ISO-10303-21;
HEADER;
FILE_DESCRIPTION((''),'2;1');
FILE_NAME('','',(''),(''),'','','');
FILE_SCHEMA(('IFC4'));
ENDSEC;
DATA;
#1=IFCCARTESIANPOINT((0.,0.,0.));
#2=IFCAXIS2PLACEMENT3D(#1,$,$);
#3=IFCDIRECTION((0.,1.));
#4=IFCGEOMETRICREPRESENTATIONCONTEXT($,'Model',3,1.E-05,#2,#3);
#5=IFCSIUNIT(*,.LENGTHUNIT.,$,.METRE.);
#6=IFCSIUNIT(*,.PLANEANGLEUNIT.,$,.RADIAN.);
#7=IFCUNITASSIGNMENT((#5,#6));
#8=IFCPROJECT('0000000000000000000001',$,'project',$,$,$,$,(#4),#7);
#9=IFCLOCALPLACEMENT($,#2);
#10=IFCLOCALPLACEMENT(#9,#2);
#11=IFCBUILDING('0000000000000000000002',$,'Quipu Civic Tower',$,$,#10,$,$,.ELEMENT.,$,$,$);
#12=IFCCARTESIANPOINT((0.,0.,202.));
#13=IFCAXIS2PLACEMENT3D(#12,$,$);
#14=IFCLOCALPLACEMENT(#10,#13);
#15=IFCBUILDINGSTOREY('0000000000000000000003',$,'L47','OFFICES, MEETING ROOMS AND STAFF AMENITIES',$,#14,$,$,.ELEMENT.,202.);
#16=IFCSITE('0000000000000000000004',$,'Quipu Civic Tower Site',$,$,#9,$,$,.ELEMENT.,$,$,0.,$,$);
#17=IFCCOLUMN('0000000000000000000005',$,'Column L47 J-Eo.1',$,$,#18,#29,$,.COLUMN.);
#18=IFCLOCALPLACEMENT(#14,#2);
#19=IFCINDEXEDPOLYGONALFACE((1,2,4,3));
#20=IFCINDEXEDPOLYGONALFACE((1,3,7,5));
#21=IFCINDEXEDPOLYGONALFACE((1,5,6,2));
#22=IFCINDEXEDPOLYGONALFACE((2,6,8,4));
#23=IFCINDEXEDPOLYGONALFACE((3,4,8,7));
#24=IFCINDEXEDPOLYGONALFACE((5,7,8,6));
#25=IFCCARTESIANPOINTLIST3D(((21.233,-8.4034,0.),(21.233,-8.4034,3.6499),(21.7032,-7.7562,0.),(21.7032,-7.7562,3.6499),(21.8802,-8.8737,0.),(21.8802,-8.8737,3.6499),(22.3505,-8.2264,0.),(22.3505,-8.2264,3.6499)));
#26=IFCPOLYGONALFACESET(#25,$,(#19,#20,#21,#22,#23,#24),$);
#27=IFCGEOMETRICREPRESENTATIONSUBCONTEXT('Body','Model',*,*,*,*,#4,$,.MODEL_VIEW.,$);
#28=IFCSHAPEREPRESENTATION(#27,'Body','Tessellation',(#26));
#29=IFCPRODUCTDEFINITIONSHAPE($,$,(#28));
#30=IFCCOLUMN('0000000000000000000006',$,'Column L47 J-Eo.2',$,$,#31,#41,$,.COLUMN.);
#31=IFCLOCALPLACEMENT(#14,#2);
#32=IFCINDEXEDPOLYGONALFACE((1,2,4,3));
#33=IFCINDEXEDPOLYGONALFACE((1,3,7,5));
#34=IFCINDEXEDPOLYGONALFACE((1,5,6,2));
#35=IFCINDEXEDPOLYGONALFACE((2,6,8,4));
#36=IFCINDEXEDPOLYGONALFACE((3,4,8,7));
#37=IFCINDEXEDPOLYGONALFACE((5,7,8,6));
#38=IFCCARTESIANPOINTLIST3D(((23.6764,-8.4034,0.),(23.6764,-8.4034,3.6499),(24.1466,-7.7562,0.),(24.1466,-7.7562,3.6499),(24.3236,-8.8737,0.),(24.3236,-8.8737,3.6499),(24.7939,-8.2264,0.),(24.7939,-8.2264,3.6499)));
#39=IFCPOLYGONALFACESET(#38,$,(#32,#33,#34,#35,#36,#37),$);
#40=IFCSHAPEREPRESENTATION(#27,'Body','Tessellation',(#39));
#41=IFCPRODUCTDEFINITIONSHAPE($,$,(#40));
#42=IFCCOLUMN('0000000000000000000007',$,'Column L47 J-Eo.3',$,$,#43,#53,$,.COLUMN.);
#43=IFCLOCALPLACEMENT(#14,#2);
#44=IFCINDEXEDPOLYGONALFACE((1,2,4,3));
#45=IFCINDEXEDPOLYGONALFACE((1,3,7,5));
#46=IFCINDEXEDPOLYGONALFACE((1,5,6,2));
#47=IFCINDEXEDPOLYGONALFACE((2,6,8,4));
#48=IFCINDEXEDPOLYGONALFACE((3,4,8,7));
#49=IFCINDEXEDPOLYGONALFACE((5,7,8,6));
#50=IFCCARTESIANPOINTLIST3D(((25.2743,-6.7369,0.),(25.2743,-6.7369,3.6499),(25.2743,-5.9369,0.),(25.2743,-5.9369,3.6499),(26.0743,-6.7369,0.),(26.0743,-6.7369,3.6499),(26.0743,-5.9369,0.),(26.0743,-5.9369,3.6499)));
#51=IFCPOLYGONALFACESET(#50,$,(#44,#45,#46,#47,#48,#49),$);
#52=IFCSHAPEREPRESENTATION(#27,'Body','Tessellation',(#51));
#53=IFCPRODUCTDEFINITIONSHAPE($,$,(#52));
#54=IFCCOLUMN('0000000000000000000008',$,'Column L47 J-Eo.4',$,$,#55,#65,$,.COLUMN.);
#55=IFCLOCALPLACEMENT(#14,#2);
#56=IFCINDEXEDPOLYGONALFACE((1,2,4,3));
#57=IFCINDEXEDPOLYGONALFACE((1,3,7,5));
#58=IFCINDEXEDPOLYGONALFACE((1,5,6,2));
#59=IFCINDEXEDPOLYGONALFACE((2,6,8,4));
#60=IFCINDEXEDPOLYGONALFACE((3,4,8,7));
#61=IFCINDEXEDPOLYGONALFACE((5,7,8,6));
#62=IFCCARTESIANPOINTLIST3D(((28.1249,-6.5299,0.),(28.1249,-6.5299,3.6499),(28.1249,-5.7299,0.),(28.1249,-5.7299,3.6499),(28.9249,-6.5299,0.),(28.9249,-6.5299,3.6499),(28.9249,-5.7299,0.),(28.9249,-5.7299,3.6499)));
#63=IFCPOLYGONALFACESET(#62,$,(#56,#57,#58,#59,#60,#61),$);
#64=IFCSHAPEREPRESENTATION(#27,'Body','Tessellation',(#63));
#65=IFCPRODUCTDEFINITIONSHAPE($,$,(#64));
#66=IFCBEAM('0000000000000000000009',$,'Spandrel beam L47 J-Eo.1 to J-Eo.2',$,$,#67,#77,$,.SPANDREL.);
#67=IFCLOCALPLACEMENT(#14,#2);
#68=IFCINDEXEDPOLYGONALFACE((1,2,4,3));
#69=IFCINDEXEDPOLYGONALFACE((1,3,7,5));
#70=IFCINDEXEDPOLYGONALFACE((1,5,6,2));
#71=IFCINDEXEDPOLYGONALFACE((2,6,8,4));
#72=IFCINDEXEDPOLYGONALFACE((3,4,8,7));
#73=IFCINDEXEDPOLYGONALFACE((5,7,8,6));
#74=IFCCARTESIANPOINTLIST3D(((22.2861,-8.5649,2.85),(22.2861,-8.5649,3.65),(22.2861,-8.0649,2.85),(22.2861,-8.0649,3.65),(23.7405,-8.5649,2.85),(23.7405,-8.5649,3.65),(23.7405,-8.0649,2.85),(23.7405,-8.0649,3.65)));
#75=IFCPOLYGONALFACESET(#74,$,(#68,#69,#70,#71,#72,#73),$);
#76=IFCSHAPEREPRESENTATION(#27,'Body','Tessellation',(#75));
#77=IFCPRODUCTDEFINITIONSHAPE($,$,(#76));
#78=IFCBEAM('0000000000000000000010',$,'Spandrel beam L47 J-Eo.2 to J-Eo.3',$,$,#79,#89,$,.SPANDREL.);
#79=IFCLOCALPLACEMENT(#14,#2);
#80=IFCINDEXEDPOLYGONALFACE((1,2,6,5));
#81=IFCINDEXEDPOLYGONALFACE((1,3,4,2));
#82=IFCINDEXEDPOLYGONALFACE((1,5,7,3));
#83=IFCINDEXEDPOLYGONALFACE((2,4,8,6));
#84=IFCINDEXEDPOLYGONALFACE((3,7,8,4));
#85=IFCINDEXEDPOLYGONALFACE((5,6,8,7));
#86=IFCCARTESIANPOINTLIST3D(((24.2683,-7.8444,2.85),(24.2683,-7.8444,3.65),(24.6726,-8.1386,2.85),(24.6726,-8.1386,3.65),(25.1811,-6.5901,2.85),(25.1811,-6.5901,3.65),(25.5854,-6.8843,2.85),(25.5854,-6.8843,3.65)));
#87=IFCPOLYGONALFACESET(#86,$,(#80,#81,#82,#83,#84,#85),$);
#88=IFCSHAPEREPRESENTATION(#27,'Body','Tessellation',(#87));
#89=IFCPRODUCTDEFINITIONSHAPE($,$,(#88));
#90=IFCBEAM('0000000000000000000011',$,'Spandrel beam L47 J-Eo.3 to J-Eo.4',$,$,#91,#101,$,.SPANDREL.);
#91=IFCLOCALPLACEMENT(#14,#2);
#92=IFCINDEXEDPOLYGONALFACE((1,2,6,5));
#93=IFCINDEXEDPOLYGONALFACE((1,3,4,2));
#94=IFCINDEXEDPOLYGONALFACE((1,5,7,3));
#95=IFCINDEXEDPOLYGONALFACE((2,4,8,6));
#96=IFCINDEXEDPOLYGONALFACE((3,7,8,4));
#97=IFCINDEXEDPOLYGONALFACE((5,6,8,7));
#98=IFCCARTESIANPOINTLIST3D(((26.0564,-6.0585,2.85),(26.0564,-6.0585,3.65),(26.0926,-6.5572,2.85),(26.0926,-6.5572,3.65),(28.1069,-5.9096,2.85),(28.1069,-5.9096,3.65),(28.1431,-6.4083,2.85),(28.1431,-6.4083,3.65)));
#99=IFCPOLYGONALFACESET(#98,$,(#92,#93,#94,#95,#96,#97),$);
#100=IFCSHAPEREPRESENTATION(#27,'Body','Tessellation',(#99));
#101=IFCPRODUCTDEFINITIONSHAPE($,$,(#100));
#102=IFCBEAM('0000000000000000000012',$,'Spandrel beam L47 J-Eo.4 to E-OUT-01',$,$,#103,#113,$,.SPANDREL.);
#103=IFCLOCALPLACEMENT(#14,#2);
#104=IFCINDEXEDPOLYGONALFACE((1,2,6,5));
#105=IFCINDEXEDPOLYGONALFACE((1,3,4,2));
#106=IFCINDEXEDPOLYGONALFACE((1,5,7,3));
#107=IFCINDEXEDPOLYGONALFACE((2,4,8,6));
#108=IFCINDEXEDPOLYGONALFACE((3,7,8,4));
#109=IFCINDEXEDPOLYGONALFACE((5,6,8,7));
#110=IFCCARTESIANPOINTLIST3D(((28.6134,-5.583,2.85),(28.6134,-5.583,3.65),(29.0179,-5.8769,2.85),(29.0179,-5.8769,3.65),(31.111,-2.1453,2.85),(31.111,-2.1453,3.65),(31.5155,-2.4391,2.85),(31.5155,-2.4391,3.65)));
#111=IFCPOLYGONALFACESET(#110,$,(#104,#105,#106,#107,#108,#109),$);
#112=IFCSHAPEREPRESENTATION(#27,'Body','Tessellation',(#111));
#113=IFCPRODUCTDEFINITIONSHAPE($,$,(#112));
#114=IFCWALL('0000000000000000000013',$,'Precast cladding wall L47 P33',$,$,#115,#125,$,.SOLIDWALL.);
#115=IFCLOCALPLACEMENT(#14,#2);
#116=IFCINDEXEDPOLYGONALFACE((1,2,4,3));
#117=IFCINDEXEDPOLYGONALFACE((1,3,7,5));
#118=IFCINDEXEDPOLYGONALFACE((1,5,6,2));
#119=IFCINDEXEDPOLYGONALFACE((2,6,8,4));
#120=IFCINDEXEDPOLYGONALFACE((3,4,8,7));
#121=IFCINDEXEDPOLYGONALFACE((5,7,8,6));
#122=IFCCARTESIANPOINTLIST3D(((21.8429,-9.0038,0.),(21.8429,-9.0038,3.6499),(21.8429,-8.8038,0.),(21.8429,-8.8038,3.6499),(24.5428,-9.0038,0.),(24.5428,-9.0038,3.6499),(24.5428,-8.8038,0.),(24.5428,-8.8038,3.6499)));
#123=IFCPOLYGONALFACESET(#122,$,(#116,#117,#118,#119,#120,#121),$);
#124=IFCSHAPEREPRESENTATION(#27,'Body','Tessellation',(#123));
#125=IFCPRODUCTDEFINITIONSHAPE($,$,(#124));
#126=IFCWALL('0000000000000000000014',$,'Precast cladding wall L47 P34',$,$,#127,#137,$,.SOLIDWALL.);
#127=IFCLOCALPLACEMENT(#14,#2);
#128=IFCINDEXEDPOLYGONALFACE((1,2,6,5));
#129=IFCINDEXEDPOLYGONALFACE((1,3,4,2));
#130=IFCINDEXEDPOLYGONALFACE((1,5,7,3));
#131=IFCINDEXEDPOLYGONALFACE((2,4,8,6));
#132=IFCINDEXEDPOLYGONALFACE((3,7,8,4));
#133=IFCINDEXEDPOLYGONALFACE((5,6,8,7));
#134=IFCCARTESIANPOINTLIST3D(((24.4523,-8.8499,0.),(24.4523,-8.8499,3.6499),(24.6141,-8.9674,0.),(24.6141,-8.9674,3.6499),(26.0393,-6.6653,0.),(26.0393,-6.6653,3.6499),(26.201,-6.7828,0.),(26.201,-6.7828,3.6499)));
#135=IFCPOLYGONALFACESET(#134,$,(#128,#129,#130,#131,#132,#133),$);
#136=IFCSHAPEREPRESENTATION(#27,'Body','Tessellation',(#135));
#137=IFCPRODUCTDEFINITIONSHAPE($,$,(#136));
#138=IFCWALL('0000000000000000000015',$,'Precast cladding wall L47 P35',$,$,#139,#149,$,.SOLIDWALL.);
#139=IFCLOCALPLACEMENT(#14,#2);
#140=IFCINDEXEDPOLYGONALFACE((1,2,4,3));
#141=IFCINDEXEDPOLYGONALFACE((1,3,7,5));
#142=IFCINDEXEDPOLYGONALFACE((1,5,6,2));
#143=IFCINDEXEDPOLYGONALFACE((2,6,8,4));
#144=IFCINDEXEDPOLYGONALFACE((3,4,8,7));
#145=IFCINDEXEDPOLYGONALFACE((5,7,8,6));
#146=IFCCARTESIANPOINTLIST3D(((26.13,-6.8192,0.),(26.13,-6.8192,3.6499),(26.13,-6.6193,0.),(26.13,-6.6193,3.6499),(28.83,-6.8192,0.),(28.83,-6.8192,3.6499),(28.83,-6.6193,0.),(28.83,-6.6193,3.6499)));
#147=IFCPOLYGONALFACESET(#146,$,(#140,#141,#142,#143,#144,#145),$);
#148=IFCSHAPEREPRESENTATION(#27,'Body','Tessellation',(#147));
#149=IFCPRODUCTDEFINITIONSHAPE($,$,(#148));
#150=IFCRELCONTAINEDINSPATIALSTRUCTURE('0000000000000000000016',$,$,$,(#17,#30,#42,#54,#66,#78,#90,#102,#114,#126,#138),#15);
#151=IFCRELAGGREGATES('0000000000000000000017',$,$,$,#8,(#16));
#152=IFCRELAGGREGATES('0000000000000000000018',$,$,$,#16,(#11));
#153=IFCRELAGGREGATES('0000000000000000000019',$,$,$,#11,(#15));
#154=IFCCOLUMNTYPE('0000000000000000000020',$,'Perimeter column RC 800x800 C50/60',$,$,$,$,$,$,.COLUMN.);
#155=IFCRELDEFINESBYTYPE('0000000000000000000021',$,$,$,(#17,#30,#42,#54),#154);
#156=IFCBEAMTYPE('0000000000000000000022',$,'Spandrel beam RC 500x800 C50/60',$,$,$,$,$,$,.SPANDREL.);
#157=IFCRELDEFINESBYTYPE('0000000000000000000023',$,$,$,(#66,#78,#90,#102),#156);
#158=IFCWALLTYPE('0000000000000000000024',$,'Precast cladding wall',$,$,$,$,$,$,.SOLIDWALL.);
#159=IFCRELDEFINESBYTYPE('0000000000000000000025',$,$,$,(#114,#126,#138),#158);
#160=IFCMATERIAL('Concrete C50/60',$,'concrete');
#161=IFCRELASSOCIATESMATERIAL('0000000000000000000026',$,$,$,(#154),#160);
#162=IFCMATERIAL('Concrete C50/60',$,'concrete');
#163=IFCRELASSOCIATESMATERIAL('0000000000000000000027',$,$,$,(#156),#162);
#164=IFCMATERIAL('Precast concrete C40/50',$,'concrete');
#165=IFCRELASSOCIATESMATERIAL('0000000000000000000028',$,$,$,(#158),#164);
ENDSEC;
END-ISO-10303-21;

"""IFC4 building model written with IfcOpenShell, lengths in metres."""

from ifc_helpers import new_model, si_unit, direction, frame, frame_2d, origin, origin_2d, place, context, subcontext, project, spatial, rectangle, extrude, material, material_profile, profile_set, type_object, element, save


model = new_model("IFC4")

# Units and contexts
model_context = context("Model", 3, precision=1e-05, world=origin(), true_north=direction((0.0, 1.0)))
body_context = subcontext(model_context, "Body", "Model", "MODEL_VIEW")
ifc_project = project(units=[si_unit("LENGTHUNIT", "METRE"), si_unit("PLANEANGLEUNIT", "RADIAN")], contexts=[model_context])

# Site, building, storey
site_placement = place(None, origin())
site = spatial("IfcSite", under=ifc_project, at=site_placement, Name="Quipu Civic Tower Site", CompositionType="ELEMENT", RefElevation=0.0)
building_placement = place(site_placement, origin())
building = spatial("IfcBuilding", under=site, at=building_placement, Name="Quipu Civic Tower", CompositionType="ELEMENT")
storey_placement = place(building_placement, frame((0.0, 0.0, 202.0)))
storey = spatial("IfcBuildingStorey", under=building, at=storey_placement, Name="L47", Description="OFFICES, MEETING ROOMS AND STAFF AMENITIES", CompositionType="ELEMENT", Elevation=202.0)

# Columns
ifc_material_1 = material(Name="Concrete C50/60", Category="concrete")
ifc_material_profile_1 = material_profile(ifc_material_1, rectangle(XDim=0.8, YDim=0.8, at=origin_2d()), Name="RC800x800")
ifc_profile_set_1 = profile_set([ifc_material_profile_1], Name="Concrete C50/60")
column_type = type_object("IfcColumnType", Name="Perimeter column RC 800x800 C50/60", PredefinedType="COLUMN", material=ifc_profile_set_1)
for number, where, z_axis, x_axis, name in (
    (1, (21.7917, -8.3149, 0.0), (0.0, 0.0, 1.0), (0.587785, 0.809017, 0.0), "Column L47 J-Eo.1"),
    (2, (24.2351, -8.3149, 0.0), (0.0, 0.0, 1.0), (0.587785, 0.809017, 0.0), "Column L47 J-Eo.2"),
    (3, (25.6743, -6.3369, 0.0), (0.0, 0.0, 1.0), (1.0, 0.0, 0.0), "Column L47 J-Eo.3"),
    (4, (28.5249, -6.1299, 0.0), (0.0, 0.0, 1.0), (1.0, 0.0, 0.0), "Column L47 J-Eo.4"),
):
    element("IfcColumn", number, at=place(storey_placement, frame(where, z_axis=z_axis, x_axis=x_axis)), inside=storey, type_object=column_type, Name=name, PredefinedType="COLUMN", context=body_context, shape_type="SweptSolid", body=[
        extrude(rectangle(XDim=0.8, YDim=0.8, at=origin_2d()), origin(), (0.0, 0.0, 1.0), 3.6499),
    ])

# Beams
ifc_material_2 = material(Name="Concrete C50/60", Category="concrete")
ifc_material_profile_2 = material_profile(ifc_material_2, rectangle(XDim=0.5, YDim=0.8, at=origin_2d()), Name="RC500x800")
ifc_profile_set_2 = profile_set([ifc_material_profile_2], Name="Concrete C50/60")
beam_type = type_object("IfcBeamType", Name="Spandrel beam RC 500x800 C50/60", PredefinedType="SPANDREL", material=ifc_profile_set_2)
beam_1_placement = place(storey_placement, frame((22.2861, -8.3149, 3.25), z_axis=(1.0, 0.0, 0.0), x_axis=(0.0, 1.0, 0.0)))
element("IfcBeam", 5, at=beam_1_placement, inside=storey, type_object=beam_type, Name="Spandrel beam L47 J-Eo.1 to J-Eo.2", PredefinedType="SPANDREL", context=body_context, shape_type="SweptSolid", body=[
    extrude(rectangle(XDim=0.5, YDim=0.8, at=origin_2d()), origin(), (0.0, 0.0, 1.0), 1.4543),
])
beam_2_placement = place(storey_placement, frame((24.4705, -7.9915, 3.25), z_axis=(0.588406, 0.808566, 0.0), x_axis=(-0.808566, 0.588406, 0.0)))
element("IfcBeam", 6, at=beam_2_placement, inside=storey, type_object=beam_type, Name="Spandrel beam L47 J-Eo.2 to J-Eo.3", PredefinedType="SPANDREL", context=body_context, shape_type="SweptSolid", body=[
    extrude(rectangle(XDim=0.5, YDim=0.8, at=origin_2d()), origin(), (0.0, 0.0, 1.0), 1.5513),
])
beam_3_placement = place(storey_placement, frame((26.0745, -6.3079, 3.25), z_axis=(0.997373, 0.072437, 0.0), x_axis=(-0.072437, 0.997373, 0.0)))
element("IfcBeam", 7, at=beam_3_placement, inside=storey, type_object=beam_type, Name="Spandrel beam L47 J-Eo.3 to J-Eo.4", PredefinedType="SPANDREL", context=body_context, shape_type="SweptSolid", body=[
    extrude(rectangle(XDim=0.5, YDim=0.8, at=origin_2d()), origin(), (0.0, 0.0, 1.0), 2.0559),
])
beam_4_placement = place(storey_placement, frame((28.8157, -5.73, 3.25), z_axis=(0.587769, 0.809029, 0.0), x_axis=(-0.809029, 0.587769, 0.0)))
element("IfcBeam", 8, at=beam_4_placement, inside=storey, type_object=beam_type, Name="Spandrel beam L47 J-Eo.4 to E-OUT-01", PredefinedType="SPANDREL", context=body_context, shape_type="SweptSolid", body=[
    extrude(rectangle(XDim=0.5, YDim=0.8, at=origin_2d()), origin(), (0.0, 0.0, 1.0), 4.2493),
])

# Walls
ifc_material_3 = material(Name="Precast concrete C40/50", Category="concrete")
wall_type = type_object("IfcWallType", Name="Precast cladding wall", PredefinedType="SOLIDWALL", material=ifc_material_3)
wall_1_placement = place(storey_placement, frame((21.8428, -8.9038, 0.0), z_axis=(0.0, 0.0, 1.0), x_axis=(1.0, 0.0, 0.0)))
element("IfcWall", 9, at=wall_1_placement, inside=storey, type_object=wall_type, Name="Precast cladding wall L47 P33", PredefinedType="SOLIDWALL", context=body_context, shape_type="SweptSolid", body=[
    extrude(rectangle(XDim=2.7, YDim=0.2, at=frame_2d((1.3501, 0.0))), origin(), (0.0, 0.0, 1.0), 3.6499),
])
wall_2_placement = place(storey_placement, frame((24.5332, -8.9087, 0.0), z_axis=(0.0, 0.0, 1.0), x_axis=(0.58772, 0.809064, 0.0)))
element("IfcWall", 10, at=wall_2_placement, inside=storey, type_object=wall_type, Name="Precast cladding wall L47 P34", PredefinedType="SOLIDWALL", context=body_context, shape_type="SweptSolid", body=[
    extrude(rectangle(XDim=2.7002, YDim=0.2, at=frame_2d((1.3501, 0.0))), origin(), (0.0, 0.0, 1.0), 3.6499),
])
wall_3_placement = place(storey_placement, frame((26.1299, -6.7192, 0.0), z_axis=(0.0, 0.0, 1.0), x_axis=(1.0, 0.0, 0.0)))
element("IfcWall", 11, at=wall_3_placement, inside=storey, type_object=wall_type, Name="Precast cladding wall L47 P35", PredefinedType="SOLIDWALL", context=body_context, shape_type="SweptSolid", body=[
    extrude(rectangle(XDim=2.7, YDim=0.2, at=frame_2d((1.3501, 0.0))), origin(), (0.0, 0.0, 1.0), 3.6499),
])

save(model, "model.ifc")
